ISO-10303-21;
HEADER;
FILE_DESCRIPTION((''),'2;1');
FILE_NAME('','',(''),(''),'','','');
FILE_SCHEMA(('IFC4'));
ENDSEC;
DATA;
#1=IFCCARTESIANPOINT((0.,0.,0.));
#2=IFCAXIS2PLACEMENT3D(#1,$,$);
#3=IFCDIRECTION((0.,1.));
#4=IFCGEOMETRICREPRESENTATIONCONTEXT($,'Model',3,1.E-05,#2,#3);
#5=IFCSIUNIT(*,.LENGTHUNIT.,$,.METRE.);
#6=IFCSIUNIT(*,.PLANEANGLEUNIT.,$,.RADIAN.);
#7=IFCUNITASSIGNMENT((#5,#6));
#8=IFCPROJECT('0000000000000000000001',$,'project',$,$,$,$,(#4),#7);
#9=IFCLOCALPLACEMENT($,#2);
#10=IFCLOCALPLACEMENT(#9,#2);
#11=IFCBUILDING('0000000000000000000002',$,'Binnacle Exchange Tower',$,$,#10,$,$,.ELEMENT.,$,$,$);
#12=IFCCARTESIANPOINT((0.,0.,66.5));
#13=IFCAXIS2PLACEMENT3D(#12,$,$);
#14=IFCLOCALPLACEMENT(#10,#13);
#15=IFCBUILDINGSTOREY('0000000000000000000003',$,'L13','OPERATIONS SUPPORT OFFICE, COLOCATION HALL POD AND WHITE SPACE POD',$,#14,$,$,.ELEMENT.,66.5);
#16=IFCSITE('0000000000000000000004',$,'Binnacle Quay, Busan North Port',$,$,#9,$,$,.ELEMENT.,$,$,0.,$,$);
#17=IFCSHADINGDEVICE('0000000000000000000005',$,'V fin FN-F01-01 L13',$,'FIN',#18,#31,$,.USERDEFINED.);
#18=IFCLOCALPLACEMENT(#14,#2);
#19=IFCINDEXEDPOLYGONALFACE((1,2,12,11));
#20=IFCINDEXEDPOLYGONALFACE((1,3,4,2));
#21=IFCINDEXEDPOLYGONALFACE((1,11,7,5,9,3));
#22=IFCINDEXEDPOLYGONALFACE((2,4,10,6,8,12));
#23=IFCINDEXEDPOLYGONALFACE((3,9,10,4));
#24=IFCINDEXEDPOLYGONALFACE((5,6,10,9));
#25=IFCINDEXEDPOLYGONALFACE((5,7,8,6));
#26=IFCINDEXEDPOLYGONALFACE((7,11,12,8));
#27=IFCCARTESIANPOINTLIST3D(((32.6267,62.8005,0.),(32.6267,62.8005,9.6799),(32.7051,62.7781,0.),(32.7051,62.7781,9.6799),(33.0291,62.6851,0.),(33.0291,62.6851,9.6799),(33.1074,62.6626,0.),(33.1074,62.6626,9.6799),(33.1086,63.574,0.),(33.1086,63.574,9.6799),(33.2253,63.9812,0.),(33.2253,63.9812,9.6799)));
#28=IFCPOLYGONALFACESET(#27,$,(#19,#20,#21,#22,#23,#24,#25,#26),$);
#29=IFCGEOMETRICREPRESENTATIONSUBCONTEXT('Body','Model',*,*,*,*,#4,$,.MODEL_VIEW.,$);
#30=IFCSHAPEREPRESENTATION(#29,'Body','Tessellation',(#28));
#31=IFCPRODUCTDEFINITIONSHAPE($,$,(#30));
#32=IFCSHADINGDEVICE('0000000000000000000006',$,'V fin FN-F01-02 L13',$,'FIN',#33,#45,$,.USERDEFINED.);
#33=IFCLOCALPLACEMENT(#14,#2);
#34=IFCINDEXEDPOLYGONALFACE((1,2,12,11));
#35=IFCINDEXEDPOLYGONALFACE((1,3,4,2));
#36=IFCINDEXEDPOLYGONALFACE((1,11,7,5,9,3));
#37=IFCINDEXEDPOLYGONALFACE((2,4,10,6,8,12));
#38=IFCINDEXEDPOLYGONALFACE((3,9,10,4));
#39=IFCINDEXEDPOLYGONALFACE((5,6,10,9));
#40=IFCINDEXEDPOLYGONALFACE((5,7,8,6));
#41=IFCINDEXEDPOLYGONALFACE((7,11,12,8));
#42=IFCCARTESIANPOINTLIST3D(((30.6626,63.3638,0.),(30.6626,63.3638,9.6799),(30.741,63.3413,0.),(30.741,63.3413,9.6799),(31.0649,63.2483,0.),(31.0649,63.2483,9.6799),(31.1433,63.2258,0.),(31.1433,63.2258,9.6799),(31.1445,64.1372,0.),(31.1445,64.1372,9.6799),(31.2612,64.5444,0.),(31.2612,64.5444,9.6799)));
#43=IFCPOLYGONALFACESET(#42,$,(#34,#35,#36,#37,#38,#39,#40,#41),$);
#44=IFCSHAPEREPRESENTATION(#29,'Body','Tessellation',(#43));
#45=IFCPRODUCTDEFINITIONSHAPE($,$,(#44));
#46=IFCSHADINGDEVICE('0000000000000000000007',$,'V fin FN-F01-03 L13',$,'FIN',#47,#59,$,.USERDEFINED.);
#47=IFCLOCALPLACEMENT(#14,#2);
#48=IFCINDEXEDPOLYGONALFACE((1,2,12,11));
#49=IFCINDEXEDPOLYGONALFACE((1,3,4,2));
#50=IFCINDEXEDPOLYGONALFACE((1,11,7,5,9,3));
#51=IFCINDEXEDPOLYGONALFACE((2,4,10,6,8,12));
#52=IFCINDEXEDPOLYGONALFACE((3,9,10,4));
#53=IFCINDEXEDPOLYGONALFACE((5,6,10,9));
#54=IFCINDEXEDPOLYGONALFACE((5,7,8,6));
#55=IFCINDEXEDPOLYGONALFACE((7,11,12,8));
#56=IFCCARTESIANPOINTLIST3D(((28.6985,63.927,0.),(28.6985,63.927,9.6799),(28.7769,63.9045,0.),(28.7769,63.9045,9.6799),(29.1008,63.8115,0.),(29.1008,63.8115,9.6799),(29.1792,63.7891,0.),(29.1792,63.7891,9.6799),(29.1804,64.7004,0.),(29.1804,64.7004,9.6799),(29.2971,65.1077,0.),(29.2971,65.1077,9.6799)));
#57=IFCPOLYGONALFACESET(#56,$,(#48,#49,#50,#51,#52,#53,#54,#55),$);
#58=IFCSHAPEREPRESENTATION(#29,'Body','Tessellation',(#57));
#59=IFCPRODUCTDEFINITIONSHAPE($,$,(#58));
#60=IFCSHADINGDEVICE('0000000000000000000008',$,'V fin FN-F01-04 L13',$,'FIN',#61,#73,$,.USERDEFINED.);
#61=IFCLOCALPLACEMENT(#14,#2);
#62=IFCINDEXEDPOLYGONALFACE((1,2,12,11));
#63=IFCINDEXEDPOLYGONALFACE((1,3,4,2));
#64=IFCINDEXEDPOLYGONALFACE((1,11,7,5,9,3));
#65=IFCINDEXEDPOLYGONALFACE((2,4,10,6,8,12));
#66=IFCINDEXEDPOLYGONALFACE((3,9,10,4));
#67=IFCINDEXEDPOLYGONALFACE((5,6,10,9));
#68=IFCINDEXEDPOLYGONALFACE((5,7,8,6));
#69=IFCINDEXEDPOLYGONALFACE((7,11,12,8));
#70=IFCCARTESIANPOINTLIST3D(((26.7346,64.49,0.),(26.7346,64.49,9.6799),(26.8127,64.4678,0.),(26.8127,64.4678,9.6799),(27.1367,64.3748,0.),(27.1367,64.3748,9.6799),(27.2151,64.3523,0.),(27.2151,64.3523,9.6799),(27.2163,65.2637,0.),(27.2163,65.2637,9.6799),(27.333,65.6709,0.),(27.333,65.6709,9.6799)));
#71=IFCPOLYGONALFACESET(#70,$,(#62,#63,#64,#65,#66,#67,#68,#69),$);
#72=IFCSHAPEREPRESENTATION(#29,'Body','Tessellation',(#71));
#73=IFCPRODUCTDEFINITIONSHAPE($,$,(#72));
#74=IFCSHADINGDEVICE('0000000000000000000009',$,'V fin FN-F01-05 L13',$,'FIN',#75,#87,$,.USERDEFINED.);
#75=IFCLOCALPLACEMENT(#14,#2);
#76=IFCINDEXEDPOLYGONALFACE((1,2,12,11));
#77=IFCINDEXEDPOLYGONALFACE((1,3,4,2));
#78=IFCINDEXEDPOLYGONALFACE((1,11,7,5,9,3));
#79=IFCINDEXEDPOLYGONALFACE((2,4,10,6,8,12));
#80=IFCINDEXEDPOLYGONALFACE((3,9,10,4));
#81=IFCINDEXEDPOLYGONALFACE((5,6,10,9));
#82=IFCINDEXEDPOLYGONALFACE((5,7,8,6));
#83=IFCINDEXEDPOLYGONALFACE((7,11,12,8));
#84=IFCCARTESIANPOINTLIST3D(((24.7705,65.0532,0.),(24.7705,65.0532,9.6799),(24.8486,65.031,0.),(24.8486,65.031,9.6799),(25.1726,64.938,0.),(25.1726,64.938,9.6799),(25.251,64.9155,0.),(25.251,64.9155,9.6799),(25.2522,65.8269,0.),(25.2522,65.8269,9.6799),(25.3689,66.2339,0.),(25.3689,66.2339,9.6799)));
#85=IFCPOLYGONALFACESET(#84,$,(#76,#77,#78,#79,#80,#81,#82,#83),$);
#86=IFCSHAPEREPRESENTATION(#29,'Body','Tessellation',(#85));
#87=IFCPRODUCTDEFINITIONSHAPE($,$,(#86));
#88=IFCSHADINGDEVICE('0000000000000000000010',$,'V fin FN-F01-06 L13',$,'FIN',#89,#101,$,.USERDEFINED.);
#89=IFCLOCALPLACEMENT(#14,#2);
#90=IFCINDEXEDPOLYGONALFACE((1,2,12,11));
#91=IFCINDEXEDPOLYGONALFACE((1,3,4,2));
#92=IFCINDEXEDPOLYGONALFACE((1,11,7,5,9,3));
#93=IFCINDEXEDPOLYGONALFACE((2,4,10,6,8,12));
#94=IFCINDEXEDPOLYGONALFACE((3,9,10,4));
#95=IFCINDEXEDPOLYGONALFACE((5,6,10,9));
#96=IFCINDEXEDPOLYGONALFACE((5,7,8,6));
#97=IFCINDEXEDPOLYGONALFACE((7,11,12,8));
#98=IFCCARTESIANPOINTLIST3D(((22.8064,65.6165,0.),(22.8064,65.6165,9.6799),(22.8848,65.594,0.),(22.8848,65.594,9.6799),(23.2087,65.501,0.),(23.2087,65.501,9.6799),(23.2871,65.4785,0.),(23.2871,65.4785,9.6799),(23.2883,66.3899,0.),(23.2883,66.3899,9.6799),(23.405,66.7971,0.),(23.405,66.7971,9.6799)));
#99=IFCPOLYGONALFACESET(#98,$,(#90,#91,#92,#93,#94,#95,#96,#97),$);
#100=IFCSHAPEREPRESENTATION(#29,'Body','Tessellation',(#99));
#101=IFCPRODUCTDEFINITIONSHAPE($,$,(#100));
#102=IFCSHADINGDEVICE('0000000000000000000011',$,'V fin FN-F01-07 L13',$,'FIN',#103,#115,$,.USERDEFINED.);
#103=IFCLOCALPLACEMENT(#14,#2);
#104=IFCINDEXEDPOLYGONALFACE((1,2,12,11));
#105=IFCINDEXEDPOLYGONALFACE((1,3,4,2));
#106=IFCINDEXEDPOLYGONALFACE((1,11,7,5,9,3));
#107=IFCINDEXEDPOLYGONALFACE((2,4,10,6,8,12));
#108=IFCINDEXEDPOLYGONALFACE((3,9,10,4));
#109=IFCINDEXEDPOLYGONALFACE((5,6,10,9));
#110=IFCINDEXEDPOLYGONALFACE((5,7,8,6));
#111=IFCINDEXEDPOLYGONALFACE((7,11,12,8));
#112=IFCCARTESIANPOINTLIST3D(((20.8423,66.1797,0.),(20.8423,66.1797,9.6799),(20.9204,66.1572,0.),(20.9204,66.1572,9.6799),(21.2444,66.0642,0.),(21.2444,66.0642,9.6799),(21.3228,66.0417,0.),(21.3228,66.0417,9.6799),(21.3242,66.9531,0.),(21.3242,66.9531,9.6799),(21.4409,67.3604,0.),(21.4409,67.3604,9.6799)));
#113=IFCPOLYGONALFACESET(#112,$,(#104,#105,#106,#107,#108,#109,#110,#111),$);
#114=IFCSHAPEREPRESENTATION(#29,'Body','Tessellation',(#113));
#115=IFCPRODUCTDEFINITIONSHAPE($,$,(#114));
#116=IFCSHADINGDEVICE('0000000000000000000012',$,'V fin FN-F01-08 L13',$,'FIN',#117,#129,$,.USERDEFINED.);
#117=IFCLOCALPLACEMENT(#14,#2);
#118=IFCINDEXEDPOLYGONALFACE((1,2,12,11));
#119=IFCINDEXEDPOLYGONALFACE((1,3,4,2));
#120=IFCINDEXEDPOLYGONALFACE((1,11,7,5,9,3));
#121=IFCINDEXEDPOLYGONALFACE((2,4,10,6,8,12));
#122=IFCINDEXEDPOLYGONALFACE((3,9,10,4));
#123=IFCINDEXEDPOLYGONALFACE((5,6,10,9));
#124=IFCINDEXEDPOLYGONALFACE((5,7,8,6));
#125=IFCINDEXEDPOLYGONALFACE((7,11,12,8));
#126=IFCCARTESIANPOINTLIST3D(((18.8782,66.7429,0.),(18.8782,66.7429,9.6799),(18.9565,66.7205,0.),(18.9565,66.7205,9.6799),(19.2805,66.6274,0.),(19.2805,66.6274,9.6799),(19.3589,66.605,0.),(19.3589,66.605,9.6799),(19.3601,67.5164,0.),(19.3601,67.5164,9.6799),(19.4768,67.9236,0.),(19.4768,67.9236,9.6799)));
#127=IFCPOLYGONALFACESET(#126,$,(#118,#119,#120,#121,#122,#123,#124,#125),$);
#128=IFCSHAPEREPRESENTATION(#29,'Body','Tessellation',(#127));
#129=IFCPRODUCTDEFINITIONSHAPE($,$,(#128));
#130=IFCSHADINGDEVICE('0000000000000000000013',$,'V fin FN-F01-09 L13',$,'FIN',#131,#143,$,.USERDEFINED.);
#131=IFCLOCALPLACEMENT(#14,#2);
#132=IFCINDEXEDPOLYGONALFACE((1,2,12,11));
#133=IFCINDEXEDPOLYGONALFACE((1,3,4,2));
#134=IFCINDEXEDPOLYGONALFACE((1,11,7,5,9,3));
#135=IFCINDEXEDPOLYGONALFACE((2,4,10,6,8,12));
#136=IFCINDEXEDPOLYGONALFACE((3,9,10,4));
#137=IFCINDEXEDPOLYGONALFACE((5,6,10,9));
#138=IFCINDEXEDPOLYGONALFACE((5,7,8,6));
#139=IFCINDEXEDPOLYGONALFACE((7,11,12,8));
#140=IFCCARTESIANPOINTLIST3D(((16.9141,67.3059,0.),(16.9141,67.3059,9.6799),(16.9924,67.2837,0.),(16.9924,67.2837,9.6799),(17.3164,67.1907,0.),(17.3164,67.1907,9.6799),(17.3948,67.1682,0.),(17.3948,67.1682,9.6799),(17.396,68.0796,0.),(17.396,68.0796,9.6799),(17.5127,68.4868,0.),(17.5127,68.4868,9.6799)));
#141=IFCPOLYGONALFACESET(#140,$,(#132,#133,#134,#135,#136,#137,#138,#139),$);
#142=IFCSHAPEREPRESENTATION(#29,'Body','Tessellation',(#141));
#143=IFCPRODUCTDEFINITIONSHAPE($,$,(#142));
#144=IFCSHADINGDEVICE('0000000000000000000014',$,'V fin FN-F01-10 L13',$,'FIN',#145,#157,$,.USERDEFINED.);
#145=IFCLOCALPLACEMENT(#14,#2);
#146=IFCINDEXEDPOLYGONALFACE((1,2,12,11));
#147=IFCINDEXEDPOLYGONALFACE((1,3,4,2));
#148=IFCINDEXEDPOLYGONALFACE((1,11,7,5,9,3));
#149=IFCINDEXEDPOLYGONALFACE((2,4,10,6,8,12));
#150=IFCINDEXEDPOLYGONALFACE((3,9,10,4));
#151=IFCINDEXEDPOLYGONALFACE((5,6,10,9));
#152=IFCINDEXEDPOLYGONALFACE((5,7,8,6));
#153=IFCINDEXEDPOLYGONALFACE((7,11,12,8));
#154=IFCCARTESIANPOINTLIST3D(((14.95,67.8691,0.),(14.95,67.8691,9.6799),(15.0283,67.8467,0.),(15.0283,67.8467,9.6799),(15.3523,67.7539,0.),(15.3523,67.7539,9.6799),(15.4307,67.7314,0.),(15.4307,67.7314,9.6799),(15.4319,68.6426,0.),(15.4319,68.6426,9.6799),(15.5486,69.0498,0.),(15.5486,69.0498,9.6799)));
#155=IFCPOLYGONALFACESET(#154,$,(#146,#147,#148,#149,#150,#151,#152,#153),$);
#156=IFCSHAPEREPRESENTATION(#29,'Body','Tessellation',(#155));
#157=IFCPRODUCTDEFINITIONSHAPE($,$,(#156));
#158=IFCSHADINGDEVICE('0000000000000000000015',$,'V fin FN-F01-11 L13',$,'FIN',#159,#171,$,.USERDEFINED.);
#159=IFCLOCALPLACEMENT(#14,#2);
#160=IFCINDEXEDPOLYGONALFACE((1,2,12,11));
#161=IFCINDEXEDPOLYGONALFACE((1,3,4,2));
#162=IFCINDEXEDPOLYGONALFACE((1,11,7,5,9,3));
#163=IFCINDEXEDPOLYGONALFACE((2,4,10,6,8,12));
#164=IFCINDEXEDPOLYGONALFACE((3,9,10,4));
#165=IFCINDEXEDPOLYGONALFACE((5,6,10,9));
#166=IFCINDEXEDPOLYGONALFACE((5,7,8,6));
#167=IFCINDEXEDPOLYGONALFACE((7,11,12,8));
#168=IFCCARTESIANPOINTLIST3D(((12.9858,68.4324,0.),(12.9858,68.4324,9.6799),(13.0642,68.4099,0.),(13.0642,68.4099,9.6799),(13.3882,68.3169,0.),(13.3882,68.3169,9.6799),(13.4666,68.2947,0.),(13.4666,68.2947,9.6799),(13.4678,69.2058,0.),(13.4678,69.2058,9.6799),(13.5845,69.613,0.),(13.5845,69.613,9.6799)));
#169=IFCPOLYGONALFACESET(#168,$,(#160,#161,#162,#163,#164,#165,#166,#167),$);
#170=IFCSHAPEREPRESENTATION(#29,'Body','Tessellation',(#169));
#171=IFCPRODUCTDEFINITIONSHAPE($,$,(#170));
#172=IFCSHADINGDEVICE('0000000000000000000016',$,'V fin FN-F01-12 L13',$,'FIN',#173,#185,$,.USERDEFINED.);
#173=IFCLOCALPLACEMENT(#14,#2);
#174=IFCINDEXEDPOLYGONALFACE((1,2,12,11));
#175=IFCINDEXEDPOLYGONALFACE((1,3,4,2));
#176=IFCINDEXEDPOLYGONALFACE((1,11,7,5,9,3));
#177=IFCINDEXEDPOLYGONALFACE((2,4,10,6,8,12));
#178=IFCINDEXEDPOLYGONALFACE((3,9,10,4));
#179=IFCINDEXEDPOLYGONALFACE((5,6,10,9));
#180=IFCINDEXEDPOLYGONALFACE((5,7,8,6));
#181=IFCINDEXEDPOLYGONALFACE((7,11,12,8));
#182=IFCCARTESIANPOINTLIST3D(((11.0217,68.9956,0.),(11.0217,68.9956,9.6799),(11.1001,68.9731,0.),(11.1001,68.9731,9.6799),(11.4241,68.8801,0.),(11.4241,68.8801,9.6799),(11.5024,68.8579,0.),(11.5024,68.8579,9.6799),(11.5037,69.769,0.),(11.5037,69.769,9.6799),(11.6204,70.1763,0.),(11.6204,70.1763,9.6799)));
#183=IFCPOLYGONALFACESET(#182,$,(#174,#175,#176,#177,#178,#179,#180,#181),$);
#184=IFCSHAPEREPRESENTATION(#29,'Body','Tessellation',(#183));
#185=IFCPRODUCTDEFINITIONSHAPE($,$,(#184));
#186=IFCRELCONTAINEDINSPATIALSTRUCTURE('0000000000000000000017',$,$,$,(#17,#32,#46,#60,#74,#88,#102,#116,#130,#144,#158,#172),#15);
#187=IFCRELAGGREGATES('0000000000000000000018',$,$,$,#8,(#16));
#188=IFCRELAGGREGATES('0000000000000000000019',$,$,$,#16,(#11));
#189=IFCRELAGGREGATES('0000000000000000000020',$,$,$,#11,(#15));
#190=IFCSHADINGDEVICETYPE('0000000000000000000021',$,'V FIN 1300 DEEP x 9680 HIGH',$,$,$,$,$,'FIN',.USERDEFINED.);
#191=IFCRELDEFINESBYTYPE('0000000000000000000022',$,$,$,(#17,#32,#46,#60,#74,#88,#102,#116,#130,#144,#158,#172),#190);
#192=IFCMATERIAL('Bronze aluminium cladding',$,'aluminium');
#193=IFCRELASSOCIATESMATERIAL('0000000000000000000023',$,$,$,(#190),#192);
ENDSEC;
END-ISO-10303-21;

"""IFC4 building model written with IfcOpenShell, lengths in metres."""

from ifc_helpers import new_model, si_unit, direction, frame, origin, place, context, subcontext, project, spatial, polyline, outline, extrude, material, type_object, element, save


model = new_model("IFC4")

# Units and contexts
model_context = context("Model", 3, precision=1e-05, world=origin(), true_north=direction((0.0, 1.0)))
body_context = subcontext(model_context, "Body", "Model", "MODEL_VIEW")
ifc_project = project(units=[si_unit("LENGTHUNIT", "METRE"), si_unit("PLANEANGLEUNIT", "RADIAN")], contexts=[model_context])

# Site, building, storey
site_placement = place(None, origin())
site = spatial("IfcSite", under=ifc_project, at=site_placement, Name="Binnacle Quay, Busan North Port", CompositionType="ELEMENT", RefElevation=0.0)
building_placement = place(site_placement, origin())
building = spatial("IfcBuilding", under=site, at=building_placement, Name="Binnacle Exchange Tower", CompositionType="ELEMENT")
storey_placement = place(building_placement, frame((0.0, 0.0, 66.5)))
storey = spatial("IfcBuildingStorey", under=building, at=storey_placement, Name="L13", Description="OPERATIONS SUPPORT OFFICE, COLOCATION HALL POD AND WHITE SPACE POD", CompositionType="ELEMENT", Elevation=66.5)

# Shading devices
ifc_material = material(Name="Bronze aluminium cladding", Category="aluminium")
shading_device_type = type_object("IfcShadingDeviceType", Name="V FIN 1300 DEEP x 9680 HIGH", ElementType="FIN", PredefinedType="USERDEFINED", material=ifc_material)
shading_device_1_placement = place(storey_placement, origin())
element("IfcShadingDevice", 1, at=shading_device_1_placement, inside=storey, type_object=shading_device_type, Name="V fin FN-F01-01 L13", ObjectType="FIN", PredefinedType="USERDEFINED", context=body_context, shape_type="SweptSolid", body=[
    extrude(outline(polyline([(33.1074, 62.6626), (33.2253, 63.9812), (32.6267, 62.8005), (32.7051, 62.7781), (33.1086, 63.574), (33.0291, 62.6851), (33.1074, 62.6626)])), origin(), (0.0, 0.0, 1.0), 9.6799),
])
shading_device_2_placement = place(storey_placement, origin())
element("IfcShadingDevice", 2, at=shading_device_2_placement, inside=storey, type_object=shading_device_type, Name="V fin FN-F01-02 L13", ObjectType="FIN", PredefinedType="USERDEFINED", context=body_context, shape_type="SweptSolid", body=[
    extrude(outline(polyline([(31.1433, 63.2258), (31.2612, 64.5444), (30.6626, 63.3638), (30.741, 63.3413), (31.1445, 64.1372), (31.0649, 63.2483), (31.1433, 63.2258)])), origin(), (0.0, 0.0, 1.0), 9.6799),
])
shading_device_3_placement = place(storey_placement, origin())
element("IfcShadingDevice", 3, at=shading_device_3_placement, inside=storey, type_object=shading_device_type, Name="V fin FN-F01-03 L13", ObjectType="FIN", PredefinedType="USERDEFINED", context=body_context, shape_type="SweptSolid", body=[
    extrude(outline(polyline([(29.1792, 63.7891), (29.2971, 65.1077), (28.6985, 63.927), (28.7769, 63.9045), (29.1804, 64.7004), (29.1008, 63.8115), (29.1792, 63.7891)])), origin(), (0.0, 0.0, 1.0), 9.6799),
])
shading_device_4_placement = place(storey_placement, origin())
element("IfcShadingDevice", 4, at=shading_device_4_placement, inside=storey, type_object=shading_device_type, Name="V fin FN-F01-04 L13", ObjectType="FIN", PredefinedType="USERDEFINED", context=body_context, shape_type="SweptSolid", body=[
    extrude(outline(polyline([(27.2151, 64.3523), (27.333, 65.6709), (26.7346, 64.49), (26.8127, 64.4678), (27.2163, 65.2637), (27.1367, 64.3748), (27.2151, 64.3523)])), origin(), (0.0, 0.0, 1.0), 9.6799),
])
shading_device_5_placement = place(storey_placement, origin())
element("IfcShadingDevice", 5, at=shading_device_5_placement, inside=storey, type_object=shading_device_type, Name="V fin FN-F01-05 L13", ObjectType="FIN", PredefinedType="USERDEFINED", context=body_context, shape_type="SweptSolid", body=[
    extrude(outline(polyline([(25.251, 64.9155), (25.3689, 66.2339), (24.7705, 65.0532), (24.8486, 65.031), (25.2522, 65.8269), (25.1726, 64.938), (25.251, 64.9155)])), origin(), (0.0, 0.0, 1.0), 9.6799),
])
shading_device_6_placement = place(storey_placement, origin())
element("IfcShadingDevice", 6, at=shading_device_6_placement, inside=storey, type_object=shading_device_type, Name="V fin FN-F01-06 L13", ObjectType="FIN", PredefinedType="USERDEFINED", context=body_context, shape_type="SweptSolid", body=[
    extrude(outline(polyline([(23.2871, 65.4785), (23.405, 66.7971), (22.8064, 65.6165), (22.8848, 65.594), (23.2883, 66.3899), (23.2087, 65.501), (23.2871, 65.4785)])), origin(), (0.0, 0.0, 1.0), 9.6799),
])
shading_device_7_placement = place(storey_placement, origin())
element("IfcShadingDevice", 7, at=shading_device_7_placement, inside=storey, type_object=shading_device_type, Name="V fin FN-F01-07 L13", ObjectType="FIN", PredefinedType="USERDEFINED", context=body_context, shape_type="SweptSolid", body=[
    extrude(outline(polyline([(21.3228, 66.0417), (21.4409, 67.3604), (20.8423, 66.1797), (20.9204, 66.1572), (21.3242, 66.9531), (21.2444, 66.0642), (21.3228, 66.0417)])), origin(), (0.0, 0.0, 1.0), 9.6799),
])
shading_device_8_placement = place(storey_placement, origin())
element("IfcShadingDevice", 8, at=shading_device_8_placement, inside=storey, type_object=shading_device_type, Name="V fin FN-F01-08 L13", ObjectType="FIN", PredefinedType="USERDEFINED", context=body_context, shape_type="SweptSolid", body=[
    extrude(outline(polyline([(19.3589, 66.605), (19.4768, 67.9236), (18.8782, 66.7429), (18.9565, 66.7205), (19.3601, 67.5164), (19.2805, 66.6274), (19.3589, 66.605)])), origin(), (0.0, 0.0, 1.0), 9.6799),
])
shading_device_9_placement = place(storey_placement, origin())
element("IfcShadingDevice", 9, at=shading_device_9_placement, inside=storey, type_object=shading_device_type, Name="V fin FN-F01-09 L13", ObjectType="FIN", PredefinedType="USERDEFINED", context=body_context, shape_type="SweptSolid", body=[
    extrude(outline(polyline([(17.3948, 67.1682), (17.5127, 68.4868), (16.9141, 67.3059), (16.9924, 67.2837), (17.396, 68.0796), (17.3164, 67.1907), (17.3948, 67.1682)])), origin(), (0.0, 0.0, 1.0), 9.6799),
])
shading_device_10_placement = place(storey_placement, origin())
element("IfcShadingDevice", 10, at=shading_device_10_placement, inside=storey, type_object=shading_device_type, Name="V fin FN-F01-10 L13", ObjectType="FIN", PredefinedType="USERDEFINED", context=body_context, shape_type="SweptSolid", body=[
    extrude(outline(polyline([(15.4307, 67.7314), (15.5486, 69.0498), (14.95, 67.8691), (15.0283, 67.8467), (15.4319, 68.6426), (15.3523, 67.7539), (15.4307, 67.7314)])), origin(), (0.0, 0.0, 1.0), 9.6799),
])
shading_device_11_placement = place(storey_placement, origin())
element("IfcShadingDevice", 11, at=shading_device_11_placement, inside=storey, type_object=shading_device_type, Name="V fin FN-F01-11 L13", ObjectType="FIN", PredefinedType="USERDEFINED", context=body_context, shape_type="SweptSolid", body=[
    extrude(outline(polyline([(13.4666, 68.2947), (13.5845, 69.613), (12.9858, 68.4324), (13.0642, 68.4099), (13.4678, 69.2058), (13.3882, 68.3169), (13.4666, 68.2947)])), origin(), (0.0, 0.0, 1.0), 9.6799),
])
shading_device_12_placement = place(storey_placement, origin())
element("IfcShadingDevice", 12, at=shading_device_12_placement, inside=storey, type_object=shading_device_type, Name="V fin FN-F01-12 L13", ObjectType="FIN", PredefinedType="USERDEFINED", context=body_context, shape_type="SweptSolid", body=[
    extrude(outline(polyline([(11.5024, 68.8579), (11.6204, 70.1763), (11.0217, 68.9956), (11.1001, 68.9731), (11.5037, 69.769), (11.4241, 68.8801), (11.5024, 68.8579)])), origin(), (0.0, 0.0, 1.0), 9.6799),
])

save(model, "model.ifc")
